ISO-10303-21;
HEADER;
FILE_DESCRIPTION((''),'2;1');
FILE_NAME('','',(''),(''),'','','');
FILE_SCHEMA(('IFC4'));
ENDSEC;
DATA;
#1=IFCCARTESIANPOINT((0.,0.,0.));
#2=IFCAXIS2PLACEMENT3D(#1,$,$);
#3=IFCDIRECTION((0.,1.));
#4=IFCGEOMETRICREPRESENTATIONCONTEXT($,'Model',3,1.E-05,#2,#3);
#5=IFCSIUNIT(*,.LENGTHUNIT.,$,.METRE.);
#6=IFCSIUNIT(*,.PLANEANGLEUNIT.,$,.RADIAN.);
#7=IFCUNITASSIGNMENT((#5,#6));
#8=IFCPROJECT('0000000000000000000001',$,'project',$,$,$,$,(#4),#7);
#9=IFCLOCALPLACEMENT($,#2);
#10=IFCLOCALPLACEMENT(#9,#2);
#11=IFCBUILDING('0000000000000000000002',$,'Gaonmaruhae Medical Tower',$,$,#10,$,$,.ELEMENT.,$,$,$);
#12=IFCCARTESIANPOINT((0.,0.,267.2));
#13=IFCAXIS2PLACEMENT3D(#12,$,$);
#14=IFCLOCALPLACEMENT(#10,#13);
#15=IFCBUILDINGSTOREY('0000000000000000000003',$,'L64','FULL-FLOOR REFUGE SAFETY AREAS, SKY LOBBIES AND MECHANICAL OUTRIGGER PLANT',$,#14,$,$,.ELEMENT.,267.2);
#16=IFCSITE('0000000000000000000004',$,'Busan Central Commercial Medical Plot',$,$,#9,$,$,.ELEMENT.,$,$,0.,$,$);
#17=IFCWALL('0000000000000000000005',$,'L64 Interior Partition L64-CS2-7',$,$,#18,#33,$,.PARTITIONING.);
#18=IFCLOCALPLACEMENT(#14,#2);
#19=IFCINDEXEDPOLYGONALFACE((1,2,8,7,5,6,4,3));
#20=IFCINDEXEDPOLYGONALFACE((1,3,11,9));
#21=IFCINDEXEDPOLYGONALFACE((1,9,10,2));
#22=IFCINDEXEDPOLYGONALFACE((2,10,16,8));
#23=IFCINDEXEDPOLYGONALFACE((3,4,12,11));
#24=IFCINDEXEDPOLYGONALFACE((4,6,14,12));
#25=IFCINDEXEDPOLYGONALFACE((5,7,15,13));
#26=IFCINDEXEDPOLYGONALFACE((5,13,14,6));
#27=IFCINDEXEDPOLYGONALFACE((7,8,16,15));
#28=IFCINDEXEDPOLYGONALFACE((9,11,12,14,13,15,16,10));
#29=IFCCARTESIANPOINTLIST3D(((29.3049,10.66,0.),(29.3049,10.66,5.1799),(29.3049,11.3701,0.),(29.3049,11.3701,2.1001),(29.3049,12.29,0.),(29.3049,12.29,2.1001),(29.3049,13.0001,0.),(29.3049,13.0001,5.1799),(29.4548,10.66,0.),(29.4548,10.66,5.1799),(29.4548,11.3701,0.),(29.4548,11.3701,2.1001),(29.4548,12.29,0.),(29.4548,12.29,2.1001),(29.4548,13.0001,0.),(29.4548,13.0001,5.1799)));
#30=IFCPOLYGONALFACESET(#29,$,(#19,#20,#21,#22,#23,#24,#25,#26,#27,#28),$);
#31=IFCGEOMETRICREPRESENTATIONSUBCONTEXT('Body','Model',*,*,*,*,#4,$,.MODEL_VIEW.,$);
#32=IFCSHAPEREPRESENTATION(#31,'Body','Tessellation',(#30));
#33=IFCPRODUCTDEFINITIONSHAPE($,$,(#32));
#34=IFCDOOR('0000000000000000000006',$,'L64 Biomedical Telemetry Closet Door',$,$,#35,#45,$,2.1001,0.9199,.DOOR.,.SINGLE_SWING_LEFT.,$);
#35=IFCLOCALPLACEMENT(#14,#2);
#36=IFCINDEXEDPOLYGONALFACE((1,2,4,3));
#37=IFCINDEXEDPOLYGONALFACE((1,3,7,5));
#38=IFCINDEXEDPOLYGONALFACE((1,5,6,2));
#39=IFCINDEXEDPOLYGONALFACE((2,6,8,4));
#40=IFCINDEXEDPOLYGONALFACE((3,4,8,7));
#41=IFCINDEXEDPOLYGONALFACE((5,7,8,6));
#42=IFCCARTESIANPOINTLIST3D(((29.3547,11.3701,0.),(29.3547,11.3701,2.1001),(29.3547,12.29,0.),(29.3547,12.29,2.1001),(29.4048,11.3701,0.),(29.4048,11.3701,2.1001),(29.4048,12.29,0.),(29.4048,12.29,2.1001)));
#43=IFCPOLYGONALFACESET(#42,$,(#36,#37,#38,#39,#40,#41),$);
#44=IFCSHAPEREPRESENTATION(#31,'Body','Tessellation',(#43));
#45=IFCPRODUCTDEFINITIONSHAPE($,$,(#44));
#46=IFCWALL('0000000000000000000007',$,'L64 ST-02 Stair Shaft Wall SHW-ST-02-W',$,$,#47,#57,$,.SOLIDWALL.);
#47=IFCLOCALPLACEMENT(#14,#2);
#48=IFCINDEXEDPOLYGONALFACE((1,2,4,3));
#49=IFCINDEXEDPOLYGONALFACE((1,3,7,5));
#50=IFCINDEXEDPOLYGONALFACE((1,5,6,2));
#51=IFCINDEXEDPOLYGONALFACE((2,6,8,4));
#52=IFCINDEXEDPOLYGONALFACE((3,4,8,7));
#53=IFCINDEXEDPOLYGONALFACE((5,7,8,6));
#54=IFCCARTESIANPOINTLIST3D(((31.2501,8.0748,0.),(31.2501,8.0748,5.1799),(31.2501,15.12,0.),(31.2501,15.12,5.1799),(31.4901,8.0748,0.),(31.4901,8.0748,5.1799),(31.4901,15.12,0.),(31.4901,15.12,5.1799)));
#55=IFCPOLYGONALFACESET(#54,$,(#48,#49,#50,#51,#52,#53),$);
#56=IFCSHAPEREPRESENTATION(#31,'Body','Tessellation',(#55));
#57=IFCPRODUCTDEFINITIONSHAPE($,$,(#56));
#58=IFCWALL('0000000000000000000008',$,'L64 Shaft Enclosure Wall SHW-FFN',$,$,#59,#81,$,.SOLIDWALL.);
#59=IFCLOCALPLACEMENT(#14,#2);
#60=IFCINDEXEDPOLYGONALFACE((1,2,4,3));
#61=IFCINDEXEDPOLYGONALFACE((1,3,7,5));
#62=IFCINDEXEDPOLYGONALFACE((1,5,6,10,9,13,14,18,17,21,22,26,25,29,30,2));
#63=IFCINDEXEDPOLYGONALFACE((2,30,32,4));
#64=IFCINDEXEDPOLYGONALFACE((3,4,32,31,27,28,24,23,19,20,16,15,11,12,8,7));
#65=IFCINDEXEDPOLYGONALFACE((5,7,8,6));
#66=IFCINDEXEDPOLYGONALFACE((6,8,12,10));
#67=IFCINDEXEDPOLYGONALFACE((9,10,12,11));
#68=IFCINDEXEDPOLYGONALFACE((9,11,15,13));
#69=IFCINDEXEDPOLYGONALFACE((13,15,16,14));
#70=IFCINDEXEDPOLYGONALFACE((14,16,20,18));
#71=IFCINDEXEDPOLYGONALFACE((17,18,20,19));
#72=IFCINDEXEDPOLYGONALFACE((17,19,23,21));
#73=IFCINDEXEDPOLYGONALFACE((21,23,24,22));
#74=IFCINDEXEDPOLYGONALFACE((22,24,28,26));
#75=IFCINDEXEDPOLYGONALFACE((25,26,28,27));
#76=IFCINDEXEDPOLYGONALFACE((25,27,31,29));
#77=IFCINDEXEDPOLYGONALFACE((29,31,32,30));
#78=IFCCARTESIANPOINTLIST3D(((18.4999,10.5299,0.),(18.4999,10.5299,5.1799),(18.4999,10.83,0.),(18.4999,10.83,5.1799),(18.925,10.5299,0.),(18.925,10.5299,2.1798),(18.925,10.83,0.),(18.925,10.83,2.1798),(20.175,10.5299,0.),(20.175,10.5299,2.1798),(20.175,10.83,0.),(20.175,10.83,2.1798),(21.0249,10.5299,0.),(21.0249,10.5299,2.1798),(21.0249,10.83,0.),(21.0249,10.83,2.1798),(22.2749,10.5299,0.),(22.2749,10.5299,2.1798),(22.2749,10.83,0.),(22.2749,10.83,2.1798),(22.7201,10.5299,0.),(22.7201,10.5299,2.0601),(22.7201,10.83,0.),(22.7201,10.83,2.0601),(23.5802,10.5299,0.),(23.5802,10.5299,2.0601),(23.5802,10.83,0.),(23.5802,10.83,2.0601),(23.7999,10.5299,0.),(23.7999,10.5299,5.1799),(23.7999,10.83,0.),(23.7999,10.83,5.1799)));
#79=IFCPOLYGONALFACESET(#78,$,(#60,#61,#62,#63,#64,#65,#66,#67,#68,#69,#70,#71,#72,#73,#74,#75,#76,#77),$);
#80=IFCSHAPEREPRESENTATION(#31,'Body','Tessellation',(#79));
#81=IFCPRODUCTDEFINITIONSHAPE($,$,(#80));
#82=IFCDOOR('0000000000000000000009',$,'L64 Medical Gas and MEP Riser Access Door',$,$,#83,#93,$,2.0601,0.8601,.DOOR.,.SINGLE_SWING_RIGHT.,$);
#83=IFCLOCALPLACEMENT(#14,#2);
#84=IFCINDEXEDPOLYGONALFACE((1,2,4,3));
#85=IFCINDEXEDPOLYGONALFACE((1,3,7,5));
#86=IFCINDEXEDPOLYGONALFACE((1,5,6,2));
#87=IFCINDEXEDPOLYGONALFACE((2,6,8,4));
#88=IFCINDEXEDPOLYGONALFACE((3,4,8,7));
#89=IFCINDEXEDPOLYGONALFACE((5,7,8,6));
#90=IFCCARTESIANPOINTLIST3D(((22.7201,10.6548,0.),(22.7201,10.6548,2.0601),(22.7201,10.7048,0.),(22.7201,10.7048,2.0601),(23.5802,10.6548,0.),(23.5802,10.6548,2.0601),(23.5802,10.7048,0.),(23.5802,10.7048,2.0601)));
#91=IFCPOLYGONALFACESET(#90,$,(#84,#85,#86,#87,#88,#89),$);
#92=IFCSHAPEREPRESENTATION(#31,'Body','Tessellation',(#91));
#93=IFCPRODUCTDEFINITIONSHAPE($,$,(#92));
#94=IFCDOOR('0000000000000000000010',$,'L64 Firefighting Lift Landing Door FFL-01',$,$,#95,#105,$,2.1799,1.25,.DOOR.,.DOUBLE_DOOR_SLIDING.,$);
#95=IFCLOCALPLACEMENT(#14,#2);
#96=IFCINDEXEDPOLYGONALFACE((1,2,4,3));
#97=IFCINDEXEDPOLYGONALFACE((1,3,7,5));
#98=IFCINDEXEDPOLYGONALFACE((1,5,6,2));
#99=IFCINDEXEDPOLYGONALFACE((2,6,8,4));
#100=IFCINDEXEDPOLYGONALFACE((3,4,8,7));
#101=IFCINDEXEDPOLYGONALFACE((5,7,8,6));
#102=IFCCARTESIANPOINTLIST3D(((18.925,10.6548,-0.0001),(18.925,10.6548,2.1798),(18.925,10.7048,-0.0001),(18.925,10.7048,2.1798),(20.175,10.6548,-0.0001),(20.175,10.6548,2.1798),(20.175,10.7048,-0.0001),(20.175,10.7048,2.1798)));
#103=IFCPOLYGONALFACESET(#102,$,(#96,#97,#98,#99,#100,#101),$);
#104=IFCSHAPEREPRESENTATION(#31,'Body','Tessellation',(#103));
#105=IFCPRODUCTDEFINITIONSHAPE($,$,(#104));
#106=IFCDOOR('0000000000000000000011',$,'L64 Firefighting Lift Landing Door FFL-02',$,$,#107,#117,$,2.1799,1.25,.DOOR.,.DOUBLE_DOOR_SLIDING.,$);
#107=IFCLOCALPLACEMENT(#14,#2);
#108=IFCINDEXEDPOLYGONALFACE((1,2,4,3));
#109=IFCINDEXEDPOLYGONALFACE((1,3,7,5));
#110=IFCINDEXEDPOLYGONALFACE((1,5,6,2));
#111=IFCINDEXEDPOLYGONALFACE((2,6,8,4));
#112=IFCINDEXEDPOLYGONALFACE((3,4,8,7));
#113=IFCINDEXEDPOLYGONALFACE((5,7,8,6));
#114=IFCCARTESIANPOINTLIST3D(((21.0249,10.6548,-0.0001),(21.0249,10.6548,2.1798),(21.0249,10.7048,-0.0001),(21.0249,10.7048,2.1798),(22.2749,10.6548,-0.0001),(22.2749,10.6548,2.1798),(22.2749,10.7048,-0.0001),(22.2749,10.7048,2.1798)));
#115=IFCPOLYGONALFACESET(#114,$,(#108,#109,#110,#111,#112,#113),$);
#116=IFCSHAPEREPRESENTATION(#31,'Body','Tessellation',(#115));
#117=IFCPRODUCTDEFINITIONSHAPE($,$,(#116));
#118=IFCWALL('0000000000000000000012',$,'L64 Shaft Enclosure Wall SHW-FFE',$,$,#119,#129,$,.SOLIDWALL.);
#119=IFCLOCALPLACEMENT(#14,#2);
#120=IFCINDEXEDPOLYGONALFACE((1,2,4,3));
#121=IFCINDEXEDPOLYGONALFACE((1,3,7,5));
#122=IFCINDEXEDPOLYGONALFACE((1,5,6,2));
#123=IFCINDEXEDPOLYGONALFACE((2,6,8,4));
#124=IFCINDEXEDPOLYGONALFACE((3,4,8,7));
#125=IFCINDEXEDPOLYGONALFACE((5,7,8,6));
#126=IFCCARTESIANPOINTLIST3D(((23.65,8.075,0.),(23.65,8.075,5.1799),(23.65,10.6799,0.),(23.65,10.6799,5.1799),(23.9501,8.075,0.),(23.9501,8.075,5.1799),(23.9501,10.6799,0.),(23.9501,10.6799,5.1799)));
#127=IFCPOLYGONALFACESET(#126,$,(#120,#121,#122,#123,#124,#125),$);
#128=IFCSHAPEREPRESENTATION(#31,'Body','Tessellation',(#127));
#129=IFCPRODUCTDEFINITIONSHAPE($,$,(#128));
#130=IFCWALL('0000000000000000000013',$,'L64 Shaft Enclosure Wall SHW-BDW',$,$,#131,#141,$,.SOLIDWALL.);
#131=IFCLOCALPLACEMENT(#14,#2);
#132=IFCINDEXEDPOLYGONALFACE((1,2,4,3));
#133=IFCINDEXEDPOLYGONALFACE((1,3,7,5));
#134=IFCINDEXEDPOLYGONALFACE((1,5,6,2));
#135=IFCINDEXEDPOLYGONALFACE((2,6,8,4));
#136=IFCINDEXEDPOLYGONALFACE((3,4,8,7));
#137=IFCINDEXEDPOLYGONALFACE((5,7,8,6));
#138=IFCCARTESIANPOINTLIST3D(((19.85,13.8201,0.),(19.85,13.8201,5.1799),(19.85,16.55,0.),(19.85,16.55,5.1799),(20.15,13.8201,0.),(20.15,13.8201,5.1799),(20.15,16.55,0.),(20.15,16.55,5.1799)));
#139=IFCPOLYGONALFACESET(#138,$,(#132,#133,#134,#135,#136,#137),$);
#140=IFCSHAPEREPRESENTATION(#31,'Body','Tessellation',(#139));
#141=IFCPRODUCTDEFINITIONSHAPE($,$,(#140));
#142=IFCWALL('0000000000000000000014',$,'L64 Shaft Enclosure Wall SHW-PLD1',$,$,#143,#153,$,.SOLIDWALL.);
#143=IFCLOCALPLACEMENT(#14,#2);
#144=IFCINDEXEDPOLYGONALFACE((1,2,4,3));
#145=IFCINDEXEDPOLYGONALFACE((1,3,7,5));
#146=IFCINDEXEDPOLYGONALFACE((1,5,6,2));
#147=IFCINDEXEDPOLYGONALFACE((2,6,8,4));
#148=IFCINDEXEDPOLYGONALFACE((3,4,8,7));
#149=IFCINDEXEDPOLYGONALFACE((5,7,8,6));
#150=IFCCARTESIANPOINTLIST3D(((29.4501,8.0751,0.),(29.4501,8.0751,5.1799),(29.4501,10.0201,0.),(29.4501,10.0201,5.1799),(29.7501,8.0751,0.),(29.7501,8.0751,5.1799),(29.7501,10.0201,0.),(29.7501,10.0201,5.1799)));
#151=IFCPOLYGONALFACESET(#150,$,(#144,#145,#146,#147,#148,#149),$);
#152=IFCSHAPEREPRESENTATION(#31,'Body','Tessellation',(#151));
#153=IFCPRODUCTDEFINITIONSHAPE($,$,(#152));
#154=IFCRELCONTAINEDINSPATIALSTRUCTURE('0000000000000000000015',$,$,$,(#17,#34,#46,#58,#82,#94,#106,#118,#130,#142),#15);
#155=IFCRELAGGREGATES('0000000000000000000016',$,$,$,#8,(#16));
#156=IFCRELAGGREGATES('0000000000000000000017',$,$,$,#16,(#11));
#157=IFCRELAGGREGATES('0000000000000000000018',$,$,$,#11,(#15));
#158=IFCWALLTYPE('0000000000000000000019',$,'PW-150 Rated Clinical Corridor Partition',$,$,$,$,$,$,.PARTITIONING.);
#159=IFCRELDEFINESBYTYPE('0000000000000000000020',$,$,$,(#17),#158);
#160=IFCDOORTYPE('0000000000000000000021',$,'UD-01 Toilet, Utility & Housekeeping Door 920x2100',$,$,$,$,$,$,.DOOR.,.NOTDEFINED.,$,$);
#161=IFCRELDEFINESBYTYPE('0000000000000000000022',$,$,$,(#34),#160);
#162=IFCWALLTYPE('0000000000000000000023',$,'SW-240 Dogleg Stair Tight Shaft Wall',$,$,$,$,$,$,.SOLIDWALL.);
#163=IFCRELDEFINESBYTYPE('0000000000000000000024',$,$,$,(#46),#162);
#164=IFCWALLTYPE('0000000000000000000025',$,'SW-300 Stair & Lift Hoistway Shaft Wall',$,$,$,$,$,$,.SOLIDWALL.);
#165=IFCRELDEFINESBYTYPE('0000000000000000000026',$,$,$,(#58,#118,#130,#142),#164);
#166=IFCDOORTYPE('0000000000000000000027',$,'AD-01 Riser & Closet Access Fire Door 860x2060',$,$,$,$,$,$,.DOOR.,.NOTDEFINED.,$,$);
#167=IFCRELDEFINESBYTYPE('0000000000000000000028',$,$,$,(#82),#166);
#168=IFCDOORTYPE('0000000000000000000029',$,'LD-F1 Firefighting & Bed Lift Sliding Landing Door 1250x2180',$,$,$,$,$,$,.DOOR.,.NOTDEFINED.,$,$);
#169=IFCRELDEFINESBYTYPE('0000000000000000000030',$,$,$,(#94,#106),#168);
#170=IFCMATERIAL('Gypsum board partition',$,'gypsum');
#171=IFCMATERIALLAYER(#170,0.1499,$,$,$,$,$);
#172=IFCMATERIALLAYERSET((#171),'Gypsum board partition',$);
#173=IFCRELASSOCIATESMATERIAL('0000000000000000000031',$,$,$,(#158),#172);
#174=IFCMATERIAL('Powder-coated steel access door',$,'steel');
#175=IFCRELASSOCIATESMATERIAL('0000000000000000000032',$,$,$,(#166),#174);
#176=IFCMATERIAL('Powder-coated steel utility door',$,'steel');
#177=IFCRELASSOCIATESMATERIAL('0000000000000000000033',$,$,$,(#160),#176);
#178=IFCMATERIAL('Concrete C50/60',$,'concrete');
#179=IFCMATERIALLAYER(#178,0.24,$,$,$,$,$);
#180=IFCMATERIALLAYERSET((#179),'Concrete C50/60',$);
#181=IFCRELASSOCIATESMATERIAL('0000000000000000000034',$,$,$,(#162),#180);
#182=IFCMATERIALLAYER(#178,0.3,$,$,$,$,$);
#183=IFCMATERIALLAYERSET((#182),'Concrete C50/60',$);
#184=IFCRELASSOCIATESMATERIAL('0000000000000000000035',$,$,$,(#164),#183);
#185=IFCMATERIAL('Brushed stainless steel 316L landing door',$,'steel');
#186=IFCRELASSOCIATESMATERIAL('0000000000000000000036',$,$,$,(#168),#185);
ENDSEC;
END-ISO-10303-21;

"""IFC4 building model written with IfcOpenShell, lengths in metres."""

from ifc_helpers import new_model, si_unit, direction, frame, frame_2d, origin, place, context, subcontext, project, spatial, rectangle, extrude, material, layer, layer_set, type_object, element, fill, save


model = new_model("IFC4")

# Units and contexts
model_context = context("Model", 3, precision=1e-05, world=origin(), true_north=direction((0.0, 1.0)))
body_context = subcontext(model_context, "Body", "Model", "MODEL_VIEW")
ifc_project = project(units=[si_unit("LENGTHUNIT", "METRE"), si_unit("PLANEANGLEUNIT", "RADIAN")], contexts=[model_context])

# Site, building, storey
site_placement = place(None, origin())
site = spatial("IfcSite", under=ifc_project, at=site_placement, Name="Busan Central Commercial Medical Plot", CompositionType="ELEMENT", RefElevation=0.0)
building_placement = place(site_placement, origin())
building = spatial("IfcBuilding", under=site, at=building_placement, Name="Gaonmaruhae Medical Tower", CompositionType="ELEMENT")
storey_placement = place(building_placement, frame((0.0, 0.0, 267.2)))
storey = spatial("IfcBuildingStorey", under=building, at=storey_placement, Name="L64", Description="FULL-FLOOR REFUGE SAFETY AREAS, SKY LOBBIES AND MECHANICAL OUTRIGGER PLANT", CompositionType="ELEMENT", Elevation=267.2)

# Shared definitions
ifc_material_1 = material(Name="Concrete C50/60", Category="concrete")

# Shared definitions
ifc_material_2 = material(Name="Gypsum board partition", Category="gypsum")
ifc_layer_1 = layer(ifc_material_2, 0.1499)
ifc_layer_set_1 = layer_set([ifc_layer_1], Name="Gypsum board partition")
wall_type_1 = type_object("IfcWallType", Name="PW-150 Rated Clinical Corridor Partition", PredefinedType="PARTITIONING", material=ifc_layer_set_1)
ifc_material_3 = material(Name="Powder-coated steel access door", Category="steel")
door_type_1 = type_object("IfcDoorType", Name="AD-01 Riser & Closet Access Fire Door 860x2060", OperationType="NOTDEFINED", PredefinedType="DOOR", material=ifc_material_3)

# Shared definitions
ifc_material_4 = material(Name="Powder-coated steel utility door", Category="steel")
door_type_2 = type_object("IfcDoorType", Name="UD-01 Toilet, Utility & Housekeeping Door 920x2100", OperationType="NOTDEFINED", PredefinedType="DOOR", material=ifc_material_4)

# Wall, opening, door
wall_1_placement = place(storey_placement, frame((29.3799, 13.0, 0.0), z_axis=(0.0, 0.0, 1.0), x_axis=(0.0, -1.0, 0.0)))
wall_1 = element("IfcWall", 1, at=wall_1_placement, inside=storey, type_object=wall_type_1, Name="L64 Interior Partition L64-CS2-7", PredefinedType="PARTITIONING", context=body_context, shape_type="SweptSolid", body=[
    extrude(rectangle(XDim=2.3401, YDim=0.1499, at=frame_2d((1.1699, 0.0))), origin(), (0.0, 0.0, 1.0), 5.1799),
])
opening_1_placement = place(wall_1_placement, frame((0.71, 0.0, 0.0)))
opening_1 = element("IfcOpeningElement", 2, at=opening_1_placement, cuts=wall_1, PredefinedType="OPENING", context=body_context, shape_type="SweptSolid", body=[
    extrude(rectangle(XDim=0.9199, YDim=2.1001, at=frame_2d((0.46, 1.05))), frame((0.0, 0.085, 0.0), z_axis=(0.0, -1.0, 0.0), x_axis=(1.0, 0.0, 0.0)), (0.0, 0.0, 1.0), 0.1699),
])
door_1_placement = place(opening_1_placement, origin())
door_1 = element("IfcDoor", 3, at=door_1_placement, inside=storey, type_object=door_type_2, Name="L64 Biomedical Telemetry Closet Door", OperationType="SINGLE_SWING_LEFT", OverallHeight=2.1001, OverallWidth=0.9199, PredefinedType="DOOR", context=body_context, shape_type="SweptSolid", body=[
    extrude(rectangle(XDim=0.9199, YDim=2.1001, at=frame_2d((0.46, 1.05))), frame((0.0, 0.0249, 0.0), z_axis=(0.0, -1.0, 0.0), x_axis=(1.0, 0.0, 0.0)), (0.0, 0.0, 1.0), 0.05),
])
fill(opening_1, door_1)

# Wall
ifc_layer_2 = layer(ifc_material_1, 0.24)
ifc_layer_set_2 = layer_set([ifc_layer_2], Name="Concrete C50/60")
wall_type_2 = type_object("IfcWallType", Name="SW-240 Dogleg Stair Tight Shaft Wall", PredefinedType="SOLIDWALL", material=ifc_layer_set_2)
wall_2_placement = place(storey_placement, frame((31.3701, 8.075, 0.0), z_axis=(0.0, 0.0, 1.0), x_axis=(0.0, 1.0, 0.0)))
element("IfcWall", 4, at=wall_2_placement, inside=storey, type_object=wall_type_2, Name="L64 ST-02 Stair Shaft Wall SHW-ST-02-W", PredefinedType="SOLIDWALL", context=body_context, shape_type="SweptSolid", body=[
    extrude(rectangle(XDim=7.0452, YDim=0.24, at=frame_2d((3.5225, 0.0))), origin(), (0.0, 0.0, 1.0), 5.1799),
])

# Wall, openings, doors
ifc_layer_3 = layer(ifc_material_1, 0.3)
ifc_layer_set_3 = layer_set([ifc_layer_3], Name="Concrete C50/60")
wall_type_3 = type_object("IfcWallType", Name="SW-300 Stair & Lift Hoistway Shaft Wall", PredefinedType="SOLIDWALL", material=ifc_layer_set_3)
wall_3_placement = place(storey_placement, frame((18.5, 10.6799, 0.0), z_axis=(0.0, 0.0, 1.0), x_axis=(1.0, 0.0, 0.0)))
wall_3 = element("IfcWall", 5, at=wall_3_placement, inside=storey, type_object=wall_type_3, Name="L64 Shaft Enclosure Wall SHW-FFN", PredefinedType="SOLIDWALL", context=body_context, shape_type="SweptSolid", body=[
    extrude(rectangle(XDim=5.3, YDim=0.3, at=frame_2d((2.6499, 0.0))), origin(), (0.0, 0.0, 1.0), 5.1799),
])
opening_2_placement = place(wall_3_placement, frame((4.22, 0.0, 0.0)))
opening_2 = element("IfcOpeningElement", 6, at=opening_2_placement, cuts=wall_3, PredefinedType="OPENING", context=body_context, shape_type="SweptSolid", body=[
    extrude(rectangle(XDim=0.8601, YDim=2.0601, at=frame_2d((0.4302, 1.03))), frame((0.0, 0.1602, 0.0), z_axis=(0.0, -1.0, 0.0), x_axis=(1.0, 0.0, 0.0)), (0.0, 0.0, 1.0), 0.3201),
])
opening_3_placement = place(wall_3_placement, frame((0.425, 0.0, 0.0)))
opening_3 = element("IfcOpeningElement", 7, at=opening_3_placement, cuts=wall_3, PredefinedType="OPENING", context=body_context, shape_type="SweptSolid", body=[
    extrude(rectangle(XDim=1.25, YDim=2.1799, at=frame_2d((0.625, 1.0898))), frame((0.0, 0.1602, 0.0), z_axis=(0.0, -1.0, 0.0), x_axis=(1.0, 0.0, 0.0)), (0.0, 0.0, 1.0), 0.3201),
])
opening_4_placement = place(wall_3_placement, frame((2.5249, 0.0, 0.0)))
opening_4 = element("IfcOpeningElement", 8, at=opening_4_placement, cuts=wall_3, PredefinedType="OPENING", context=body_context, shape_type="SweptSolid", body=[
    extrude(rectangle(XDim=1.25, YDim=2.1799, at=frame_2d((0.625, 1.0898))), frame((0.0, 0.1602, 0.0), z_axis=(0.0, -1.0, 0.0), x_axis=(1.0, 0.0, 0.0)), (0.0, 0.0, 1.0), 0.3201),
])
door_2_placement = place(opening_2_placement, origin())
door_2 = element("IfcDoor", 9, at=door_2_placement, inside=storey, type_object=door_type_1, Name="L64 Medical Gas and MEP Riser Access Door", OperationType="SINGLE_SWING_RIGHT", OverallHeight=2.0601, OverallWidth=0.8601, PredefinedType="DOOR", context=body_context, shape_type="SweptSolid", body=[
    extrude(rectangle(XDim=0.8601, YDim=2.0601, at=frame_2d((0.4302, 1.03))), frame((0.0, 0.0249, 0.0), z_axis=(0.0, -1.0, 0.0), x_axis=(1.0, 0.0, 0.0)), (0.0, 0.0, 1.0), 0.05),
])
fill(opening_2, door_2)
ifc_material_5 = material(Name="Brushed stainless steel 316L landing door", Category="steel")
door_type_3 = type_object("IfcDoorType", Name="LD-F1 Firefighting & Bed Lift Sliding Landing Door 1250x2180", OperationType="NOTDEFINED", PredefinedType="DOOR", material=ifc_material_5)
door_3_placement = place(opening_3_placement, origin())
door_3 = element("IfcDoor", 10, at=door_3_placement, inside=storey, type_object=door_type_3, Name="L64 Firefighting Lift Landing Door FFL-01", OperationType="DOUBLE_DOOR_SLIDING", OverallHeight=2.1799, OverallWidth=1.25, PredefinedType="DOOR", context=body_context, shape_type="SweptSolid", body=[
    extrude(rectangle(XDim=1.25, YDim=2.1799, at=frame_2d((0.625, 1.0898))), frame((0.0, 0.0249, 0.0), z_axis=(0.0, -1.0, 0.0), x_axis=(1.0, 0.0, 0.0)), (0.0, 0.0, 1.0), 0.05),
])
fill(opening_3, door_3)
door_4_placement = place(opening_4_placement, origin())
door_4 = element("IfcDoor", 11, at=door_4_placement, inside=storey, type_object=door_type_3, Name="L64 Firefighting Lift Landing Door FFL-02", OperationType="DOUBLE_DOOR_SLIDING", OverallHeight=2.1799, OverallWidth=1.25, PredefinedType="DOOR", context=body_context, shape_type="SweptSolid", body=[
    extrude(rectangle(XDim=1.25, YDim=2.1799, at=frame_2d((0.625, 1.0898))), frame((0.0, 0.0249, 0.0), z_axis=(0.0, -1.0, 0.0), x_axis=(1.0, 0.0, 0.0)), (0.0, 0.0, 1.0), 0.05),
])
fill(opening_4, door_4)

# Walls
wall_4_placement = place(storey_placement, frame((23.8, 8.075, 0.0), z_axis=(0.0, 0.0, 1.0), x_axis=(0.0, 1.0, 0.0)))
element("IfcWall", 12, at=wall_4_placement, inside=storey, type_object=wall_type_3, Name="L64 Shaft Enclosure Wall SHW-FFE", PredefinedType="SOLIDWALL", context=body_context, shape_type="SweptSolid", body=[
    extrude(rectangle(XDim=2.605, YDim=0.3, at=frame_2d((1.3025, 0.0))), origin(), (0.0, 0.0, 1.0), 5.1799),
])
wall_5_placement = place(storey_placement, frame((20.0, 13.8201, 0.0), z_axis=(0.0, 0.0, 1.0), x_axis=(0.0, 1.0, 0.0)))
element("IfcWall", 13, at=wall_5_placement, inside=storey, type_object=wall_type_3, Name="L64 Shaft Enclosure Wall SHW-BDW", PredefinedType="SOLIDWALL", context=body_context, shape_type="SweptSolid", body=[
    extrude(rectangle(XDim=2.73, YDim=0.3, at=frame_2d((1.365, 0.0))), origin(), (0.0, 0.0, 1.0), 5.1799),
])

# Wall
wall_6_placement = place(storey_placement, frame((29.6001, 8.075, 0.0), z_axis=(0.0, 0.0, 1.0), x_axis=(0.0, 1.0, 0.0)))
element("IfcWall", 14, at=wall_6_placement, inside=storey, type_object=wall_type_3, Name="L64 Shaft Enclosure Wall SHW-PLD1", PredefinedType="SOLIDWALL", context=body_context, shape_type="SweptSolid", body=[
    extrude(rectangle(XDim=1.9451, YDim=0.3, at=frame_2d((0.9727, 0.0))), origin(), (0.0, 0.0, 1.0), 5.1799),
])

save(model, "model.ifc")
